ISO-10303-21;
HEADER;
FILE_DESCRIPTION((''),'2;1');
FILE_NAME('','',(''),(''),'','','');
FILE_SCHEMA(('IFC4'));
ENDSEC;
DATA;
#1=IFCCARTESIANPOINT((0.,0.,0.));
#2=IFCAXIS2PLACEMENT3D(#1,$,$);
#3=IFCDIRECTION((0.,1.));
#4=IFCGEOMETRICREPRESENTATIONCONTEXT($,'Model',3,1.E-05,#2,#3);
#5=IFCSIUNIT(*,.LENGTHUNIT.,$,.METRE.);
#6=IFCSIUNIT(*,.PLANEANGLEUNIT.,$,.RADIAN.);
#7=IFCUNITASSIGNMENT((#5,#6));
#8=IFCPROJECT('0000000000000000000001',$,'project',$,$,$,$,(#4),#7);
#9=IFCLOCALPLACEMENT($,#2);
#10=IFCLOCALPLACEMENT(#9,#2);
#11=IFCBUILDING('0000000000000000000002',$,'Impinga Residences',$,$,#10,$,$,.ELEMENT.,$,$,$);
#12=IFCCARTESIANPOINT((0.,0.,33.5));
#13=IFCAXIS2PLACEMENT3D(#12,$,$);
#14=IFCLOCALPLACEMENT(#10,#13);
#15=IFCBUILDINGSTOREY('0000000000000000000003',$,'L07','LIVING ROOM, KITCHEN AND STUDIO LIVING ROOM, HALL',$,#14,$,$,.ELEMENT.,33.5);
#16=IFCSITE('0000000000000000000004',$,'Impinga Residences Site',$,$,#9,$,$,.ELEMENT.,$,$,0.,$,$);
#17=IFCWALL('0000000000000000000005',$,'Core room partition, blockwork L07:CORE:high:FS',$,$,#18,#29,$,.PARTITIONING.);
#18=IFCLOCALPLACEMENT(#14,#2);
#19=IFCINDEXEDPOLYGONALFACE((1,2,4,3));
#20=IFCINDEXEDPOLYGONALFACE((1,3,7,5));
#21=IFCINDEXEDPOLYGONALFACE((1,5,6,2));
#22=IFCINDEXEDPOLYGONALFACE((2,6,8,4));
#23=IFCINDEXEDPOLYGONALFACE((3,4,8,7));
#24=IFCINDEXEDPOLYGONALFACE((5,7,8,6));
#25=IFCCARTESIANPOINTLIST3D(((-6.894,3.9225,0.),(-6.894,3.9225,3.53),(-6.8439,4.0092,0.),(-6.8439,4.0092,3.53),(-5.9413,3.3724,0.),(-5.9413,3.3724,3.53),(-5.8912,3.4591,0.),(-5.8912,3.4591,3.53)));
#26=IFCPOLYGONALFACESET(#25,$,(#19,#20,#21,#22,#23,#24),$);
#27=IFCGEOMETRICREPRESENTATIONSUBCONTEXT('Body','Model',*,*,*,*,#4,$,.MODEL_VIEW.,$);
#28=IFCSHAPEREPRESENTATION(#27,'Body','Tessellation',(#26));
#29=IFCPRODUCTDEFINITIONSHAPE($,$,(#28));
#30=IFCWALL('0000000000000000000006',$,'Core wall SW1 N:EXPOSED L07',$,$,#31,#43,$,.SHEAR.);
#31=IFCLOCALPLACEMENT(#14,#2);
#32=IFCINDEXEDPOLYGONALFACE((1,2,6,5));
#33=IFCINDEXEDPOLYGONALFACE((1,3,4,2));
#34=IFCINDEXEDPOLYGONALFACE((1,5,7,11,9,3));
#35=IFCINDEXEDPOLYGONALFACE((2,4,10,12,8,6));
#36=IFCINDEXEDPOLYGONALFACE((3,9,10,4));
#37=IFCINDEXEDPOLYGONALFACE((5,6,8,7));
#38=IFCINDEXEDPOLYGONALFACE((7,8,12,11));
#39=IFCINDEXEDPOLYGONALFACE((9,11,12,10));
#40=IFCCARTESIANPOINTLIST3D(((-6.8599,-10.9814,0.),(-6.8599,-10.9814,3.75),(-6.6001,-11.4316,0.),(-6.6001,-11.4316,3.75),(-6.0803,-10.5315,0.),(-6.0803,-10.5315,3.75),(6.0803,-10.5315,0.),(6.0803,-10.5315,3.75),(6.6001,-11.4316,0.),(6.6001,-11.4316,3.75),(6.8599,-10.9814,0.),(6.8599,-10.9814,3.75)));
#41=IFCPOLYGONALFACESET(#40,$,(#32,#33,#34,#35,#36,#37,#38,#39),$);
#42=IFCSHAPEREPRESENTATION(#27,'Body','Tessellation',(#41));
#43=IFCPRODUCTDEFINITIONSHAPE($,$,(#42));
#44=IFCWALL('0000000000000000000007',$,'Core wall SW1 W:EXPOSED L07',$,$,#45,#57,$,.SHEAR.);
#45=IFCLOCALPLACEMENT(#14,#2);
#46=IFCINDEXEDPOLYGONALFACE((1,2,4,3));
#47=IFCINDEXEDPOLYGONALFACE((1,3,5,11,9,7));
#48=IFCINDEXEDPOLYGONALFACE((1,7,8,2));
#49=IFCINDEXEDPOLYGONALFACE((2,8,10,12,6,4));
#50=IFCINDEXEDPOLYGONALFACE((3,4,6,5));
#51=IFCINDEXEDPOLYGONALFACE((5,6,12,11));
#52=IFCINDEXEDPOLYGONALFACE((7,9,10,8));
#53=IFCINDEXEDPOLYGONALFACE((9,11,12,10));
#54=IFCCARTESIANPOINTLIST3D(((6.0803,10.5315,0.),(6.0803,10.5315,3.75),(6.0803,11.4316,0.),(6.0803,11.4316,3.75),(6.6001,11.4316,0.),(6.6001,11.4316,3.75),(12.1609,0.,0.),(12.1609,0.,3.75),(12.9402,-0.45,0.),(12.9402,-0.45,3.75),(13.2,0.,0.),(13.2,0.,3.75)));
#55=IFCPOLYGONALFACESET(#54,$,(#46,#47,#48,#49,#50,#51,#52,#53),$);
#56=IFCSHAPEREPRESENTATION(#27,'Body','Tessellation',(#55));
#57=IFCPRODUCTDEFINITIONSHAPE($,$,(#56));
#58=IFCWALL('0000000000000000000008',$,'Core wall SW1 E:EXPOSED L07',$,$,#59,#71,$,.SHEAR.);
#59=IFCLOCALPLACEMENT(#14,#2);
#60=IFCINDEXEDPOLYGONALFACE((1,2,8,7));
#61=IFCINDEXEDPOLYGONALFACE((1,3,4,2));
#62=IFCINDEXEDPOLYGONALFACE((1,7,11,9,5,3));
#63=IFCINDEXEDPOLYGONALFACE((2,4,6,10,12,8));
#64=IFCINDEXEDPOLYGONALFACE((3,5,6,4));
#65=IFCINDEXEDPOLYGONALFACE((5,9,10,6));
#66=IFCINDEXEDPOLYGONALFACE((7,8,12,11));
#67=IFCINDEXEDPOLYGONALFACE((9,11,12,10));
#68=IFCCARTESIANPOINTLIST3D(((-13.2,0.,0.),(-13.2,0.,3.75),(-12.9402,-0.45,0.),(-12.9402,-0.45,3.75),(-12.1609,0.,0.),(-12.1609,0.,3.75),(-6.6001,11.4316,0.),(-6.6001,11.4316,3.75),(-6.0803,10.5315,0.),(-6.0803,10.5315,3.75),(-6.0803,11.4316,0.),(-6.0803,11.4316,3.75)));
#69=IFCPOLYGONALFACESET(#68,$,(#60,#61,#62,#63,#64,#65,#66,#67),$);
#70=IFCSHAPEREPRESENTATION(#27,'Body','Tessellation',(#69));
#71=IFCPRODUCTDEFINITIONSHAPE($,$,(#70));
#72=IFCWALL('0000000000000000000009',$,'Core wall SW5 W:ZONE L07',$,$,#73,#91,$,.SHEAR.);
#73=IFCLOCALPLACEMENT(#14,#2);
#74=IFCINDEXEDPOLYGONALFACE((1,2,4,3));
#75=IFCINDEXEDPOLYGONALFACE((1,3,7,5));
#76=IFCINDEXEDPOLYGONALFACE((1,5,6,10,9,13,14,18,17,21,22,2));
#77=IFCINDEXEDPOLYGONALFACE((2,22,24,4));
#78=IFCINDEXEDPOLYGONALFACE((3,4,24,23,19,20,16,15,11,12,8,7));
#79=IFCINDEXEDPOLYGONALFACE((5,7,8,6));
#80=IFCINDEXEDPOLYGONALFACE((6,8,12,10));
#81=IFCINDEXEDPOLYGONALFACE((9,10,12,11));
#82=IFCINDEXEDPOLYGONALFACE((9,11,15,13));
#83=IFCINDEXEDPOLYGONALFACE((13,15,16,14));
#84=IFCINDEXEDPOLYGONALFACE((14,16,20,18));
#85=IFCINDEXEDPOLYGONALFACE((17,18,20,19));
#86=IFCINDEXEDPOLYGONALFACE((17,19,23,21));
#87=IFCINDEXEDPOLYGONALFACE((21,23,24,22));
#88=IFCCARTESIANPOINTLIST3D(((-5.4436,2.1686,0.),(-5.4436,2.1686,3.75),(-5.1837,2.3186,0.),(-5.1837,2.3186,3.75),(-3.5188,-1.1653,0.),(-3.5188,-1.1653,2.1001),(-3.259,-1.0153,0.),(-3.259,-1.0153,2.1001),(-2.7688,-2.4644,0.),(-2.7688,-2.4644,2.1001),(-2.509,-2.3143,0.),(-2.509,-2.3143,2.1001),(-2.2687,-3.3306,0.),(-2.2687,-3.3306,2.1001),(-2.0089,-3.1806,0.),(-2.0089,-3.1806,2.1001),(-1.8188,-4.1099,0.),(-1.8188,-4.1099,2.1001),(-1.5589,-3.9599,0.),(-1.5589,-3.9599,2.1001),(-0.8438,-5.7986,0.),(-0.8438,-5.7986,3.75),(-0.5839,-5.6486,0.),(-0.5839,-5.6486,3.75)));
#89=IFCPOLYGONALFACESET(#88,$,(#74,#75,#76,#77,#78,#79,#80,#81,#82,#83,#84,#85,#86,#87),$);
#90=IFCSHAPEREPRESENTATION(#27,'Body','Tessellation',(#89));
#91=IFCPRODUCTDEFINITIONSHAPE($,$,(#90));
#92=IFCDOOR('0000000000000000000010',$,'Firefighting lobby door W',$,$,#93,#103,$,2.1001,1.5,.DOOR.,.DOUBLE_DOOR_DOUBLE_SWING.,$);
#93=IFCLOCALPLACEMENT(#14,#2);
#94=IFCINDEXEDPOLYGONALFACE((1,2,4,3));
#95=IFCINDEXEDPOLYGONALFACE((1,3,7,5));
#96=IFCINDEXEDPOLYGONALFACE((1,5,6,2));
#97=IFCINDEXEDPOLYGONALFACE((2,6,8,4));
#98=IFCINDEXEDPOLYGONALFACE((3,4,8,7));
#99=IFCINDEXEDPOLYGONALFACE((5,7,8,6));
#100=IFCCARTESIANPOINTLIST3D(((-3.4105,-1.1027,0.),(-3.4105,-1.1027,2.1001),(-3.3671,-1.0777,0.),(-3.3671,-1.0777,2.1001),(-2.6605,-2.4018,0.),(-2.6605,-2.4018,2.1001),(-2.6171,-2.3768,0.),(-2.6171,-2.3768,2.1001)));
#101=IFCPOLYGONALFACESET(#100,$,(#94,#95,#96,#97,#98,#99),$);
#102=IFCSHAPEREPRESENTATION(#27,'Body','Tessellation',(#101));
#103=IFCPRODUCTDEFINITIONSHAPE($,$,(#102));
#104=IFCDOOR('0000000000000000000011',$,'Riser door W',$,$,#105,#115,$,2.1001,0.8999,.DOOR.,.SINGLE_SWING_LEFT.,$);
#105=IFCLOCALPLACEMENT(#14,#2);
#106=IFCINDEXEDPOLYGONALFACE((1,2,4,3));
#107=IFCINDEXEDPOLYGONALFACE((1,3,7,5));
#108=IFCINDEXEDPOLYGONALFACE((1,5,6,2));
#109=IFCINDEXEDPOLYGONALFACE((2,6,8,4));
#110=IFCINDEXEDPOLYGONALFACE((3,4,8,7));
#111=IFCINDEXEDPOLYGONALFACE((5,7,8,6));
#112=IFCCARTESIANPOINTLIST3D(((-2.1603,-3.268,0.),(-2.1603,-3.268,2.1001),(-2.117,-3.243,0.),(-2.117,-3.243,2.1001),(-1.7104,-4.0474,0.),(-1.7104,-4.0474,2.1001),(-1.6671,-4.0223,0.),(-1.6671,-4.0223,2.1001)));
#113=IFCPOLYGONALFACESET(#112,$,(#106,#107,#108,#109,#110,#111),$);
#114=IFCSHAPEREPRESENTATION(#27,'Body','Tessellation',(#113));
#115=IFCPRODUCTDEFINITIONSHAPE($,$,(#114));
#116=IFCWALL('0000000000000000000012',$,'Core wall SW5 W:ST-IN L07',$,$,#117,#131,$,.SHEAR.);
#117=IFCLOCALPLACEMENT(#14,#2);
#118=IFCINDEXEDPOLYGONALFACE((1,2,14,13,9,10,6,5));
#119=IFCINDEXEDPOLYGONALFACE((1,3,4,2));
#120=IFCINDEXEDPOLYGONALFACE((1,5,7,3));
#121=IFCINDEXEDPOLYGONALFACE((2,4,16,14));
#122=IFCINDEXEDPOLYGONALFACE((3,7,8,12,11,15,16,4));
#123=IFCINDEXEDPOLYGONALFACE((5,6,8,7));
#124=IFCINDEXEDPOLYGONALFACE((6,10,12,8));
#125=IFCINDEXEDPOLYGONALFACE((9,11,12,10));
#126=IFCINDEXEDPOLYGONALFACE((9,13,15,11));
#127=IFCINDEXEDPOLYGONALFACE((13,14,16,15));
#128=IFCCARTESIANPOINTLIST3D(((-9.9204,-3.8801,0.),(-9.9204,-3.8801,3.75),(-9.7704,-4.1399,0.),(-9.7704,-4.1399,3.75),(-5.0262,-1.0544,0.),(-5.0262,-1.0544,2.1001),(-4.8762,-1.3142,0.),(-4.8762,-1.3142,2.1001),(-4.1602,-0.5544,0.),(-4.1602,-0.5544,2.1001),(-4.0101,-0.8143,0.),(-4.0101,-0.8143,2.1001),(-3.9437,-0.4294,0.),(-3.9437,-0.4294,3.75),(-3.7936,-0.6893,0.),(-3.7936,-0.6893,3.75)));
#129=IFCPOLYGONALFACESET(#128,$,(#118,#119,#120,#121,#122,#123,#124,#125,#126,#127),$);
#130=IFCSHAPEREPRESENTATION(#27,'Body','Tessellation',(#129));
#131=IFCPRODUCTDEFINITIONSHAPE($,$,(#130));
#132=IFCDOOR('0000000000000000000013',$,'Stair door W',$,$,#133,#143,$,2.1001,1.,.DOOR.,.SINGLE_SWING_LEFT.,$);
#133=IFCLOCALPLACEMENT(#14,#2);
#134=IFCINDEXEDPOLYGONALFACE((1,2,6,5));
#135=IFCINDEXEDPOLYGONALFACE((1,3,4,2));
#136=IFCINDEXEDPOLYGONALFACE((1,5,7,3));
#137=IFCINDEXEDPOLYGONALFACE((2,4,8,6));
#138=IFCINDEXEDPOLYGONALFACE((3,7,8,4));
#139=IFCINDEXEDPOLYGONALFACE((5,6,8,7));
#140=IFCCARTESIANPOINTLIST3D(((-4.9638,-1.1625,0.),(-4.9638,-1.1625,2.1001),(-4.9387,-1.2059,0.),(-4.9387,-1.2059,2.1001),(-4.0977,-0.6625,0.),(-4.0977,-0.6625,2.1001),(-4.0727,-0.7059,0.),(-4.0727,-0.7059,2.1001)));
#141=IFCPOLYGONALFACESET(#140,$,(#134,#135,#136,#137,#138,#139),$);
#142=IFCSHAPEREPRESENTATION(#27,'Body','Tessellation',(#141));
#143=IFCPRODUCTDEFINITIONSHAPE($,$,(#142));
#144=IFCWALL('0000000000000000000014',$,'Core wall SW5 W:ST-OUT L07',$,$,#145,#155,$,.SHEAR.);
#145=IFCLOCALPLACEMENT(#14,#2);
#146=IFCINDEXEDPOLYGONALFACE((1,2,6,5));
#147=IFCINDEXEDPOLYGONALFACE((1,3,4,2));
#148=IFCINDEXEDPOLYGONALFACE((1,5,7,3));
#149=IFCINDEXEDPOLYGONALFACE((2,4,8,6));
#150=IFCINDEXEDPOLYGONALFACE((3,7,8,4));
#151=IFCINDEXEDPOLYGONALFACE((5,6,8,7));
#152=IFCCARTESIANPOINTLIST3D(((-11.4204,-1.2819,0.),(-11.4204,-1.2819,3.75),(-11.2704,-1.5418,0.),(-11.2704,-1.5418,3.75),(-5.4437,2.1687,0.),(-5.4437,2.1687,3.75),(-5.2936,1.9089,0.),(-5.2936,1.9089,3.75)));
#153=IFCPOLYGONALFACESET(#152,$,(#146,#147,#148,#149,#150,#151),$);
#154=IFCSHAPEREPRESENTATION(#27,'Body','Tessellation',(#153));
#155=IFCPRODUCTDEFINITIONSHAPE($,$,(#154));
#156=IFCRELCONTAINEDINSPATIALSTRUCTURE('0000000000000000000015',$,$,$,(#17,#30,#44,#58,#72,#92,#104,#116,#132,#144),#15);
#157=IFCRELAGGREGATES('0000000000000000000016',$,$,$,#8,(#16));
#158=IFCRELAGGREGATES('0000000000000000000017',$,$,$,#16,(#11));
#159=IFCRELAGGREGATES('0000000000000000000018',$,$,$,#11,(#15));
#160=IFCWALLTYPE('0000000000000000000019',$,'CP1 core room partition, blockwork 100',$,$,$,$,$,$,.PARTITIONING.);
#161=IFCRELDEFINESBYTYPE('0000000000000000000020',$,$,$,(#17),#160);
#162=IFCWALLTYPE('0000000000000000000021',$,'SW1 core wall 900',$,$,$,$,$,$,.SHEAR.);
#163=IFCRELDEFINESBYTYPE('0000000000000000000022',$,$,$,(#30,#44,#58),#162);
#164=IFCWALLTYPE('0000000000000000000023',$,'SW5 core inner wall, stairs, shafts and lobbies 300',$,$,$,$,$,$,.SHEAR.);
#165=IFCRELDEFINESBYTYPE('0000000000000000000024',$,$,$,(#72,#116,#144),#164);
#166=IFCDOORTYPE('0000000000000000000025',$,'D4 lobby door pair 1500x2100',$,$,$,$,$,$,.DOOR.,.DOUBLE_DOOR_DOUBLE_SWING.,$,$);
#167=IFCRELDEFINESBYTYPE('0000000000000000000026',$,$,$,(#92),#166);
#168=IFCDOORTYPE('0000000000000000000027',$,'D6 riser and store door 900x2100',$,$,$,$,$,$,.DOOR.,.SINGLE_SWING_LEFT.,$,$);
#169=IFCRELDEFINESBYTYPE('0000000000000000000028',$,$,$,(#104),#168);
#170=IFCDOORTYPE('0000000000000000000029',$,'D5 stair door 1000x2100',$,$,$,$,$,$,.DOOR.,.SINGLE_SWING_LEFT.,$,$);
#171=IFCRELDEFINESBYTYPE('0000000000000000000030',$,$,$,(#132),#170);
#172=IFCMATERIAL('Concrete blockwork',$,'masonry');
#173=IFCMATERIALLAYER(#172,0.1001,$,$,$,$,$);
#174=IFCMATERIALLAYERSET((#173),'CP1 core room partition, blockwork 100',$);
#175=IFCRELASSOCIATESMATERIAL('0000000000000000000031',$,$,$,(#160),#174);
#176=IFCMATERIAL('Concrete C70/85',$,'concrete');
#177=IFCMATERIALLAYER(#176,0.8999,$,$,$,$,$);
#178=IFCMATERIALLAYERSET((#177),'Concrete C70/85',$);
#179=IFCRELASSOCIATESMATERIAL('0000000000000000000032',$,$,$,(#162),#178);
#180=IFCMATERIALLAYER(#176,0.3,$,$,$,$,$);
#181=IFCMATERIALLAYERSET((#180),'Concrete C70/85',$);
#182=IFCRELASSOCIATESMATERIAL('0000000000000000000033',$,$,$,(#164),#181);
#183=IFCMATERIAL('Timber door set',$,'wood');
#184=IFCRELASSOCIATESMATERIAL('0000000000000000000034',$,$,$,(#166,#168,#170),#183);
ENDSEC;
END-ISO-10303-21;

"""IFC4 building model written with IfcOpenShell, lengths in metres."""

from ifc_helpers import new_model, si_unit, direction, frame, frame_2d, origin, place, context, subcontext, project, spatial, polyline, rectangle, outline, extrude, material, layer, layer_set, type_object, element, fill, save


model = new_model("IFC4")

# Units and contexts
model_context = context("Model", 3, precision=1e-05, world=origin(), true_north=direction((0.0, 1.0)))
body_context = subcontext(model_context, "Body", "Model", "MODEL_VIEW")
ifc_project = project(units=[si_unit("LENGTHUNIT", "METRE"), si_unit("PLANEANGLEUNIT", "RADIAN")], contexts=[model_context])

# Site, building, storey
site_placement = place(None, origin())
site = spatial("IfcSite", under=ifc_project, at=site_placement, Name="Impinga Residences Site", CompositionType="ELEMENT", RefElevation=0.0)
building_placement = place(site_placement, origin())
building = spatial("IfcBuilding", under=site, at=building_placement, Name="Impinga Residences", CompositionType="ELEMENT")
storey_placement = place(building_placement, frame((0.0, 0.0, 33.5)))
storey = spatial("IfcBuildingStorey", under=building, at=storey_placement, Name="L07", Description="LIVING ROOM, KITCHEN AND STUDIO LIVING ROOM, HALL", CompositionType="ELEMENT", Elevation=33.5)

# Walls
ifc_material_1 = material(Name="Concrete blockwork", Category="masonry")
ifc_layer_1 = layer(ifc_material_1, 0.1001)
ifc_layer_set_1 = layer_set([ifc_layer_1], Name="CP1 core room partition, blockwork 100")
wall_type_1 = type_object("IfcWallType", Name="CP1 core room partition, blockwork 100", PredefinedType="PARTITIONING", material=ifc_layer_set_1)
wall_1_placement = place(storey_placement, frame((-5.9163, 3.4158, 0.0), z_axis=(0.0, 0.0, 1.0), x_axis=(-0.866008, 0.50003, 0.0)))
element("IfcWall", 1, at=wall_1_placement, inside=storey, type_object=wall_type_1, Name="Core room partition, blockwork L07:CORE:high:FS", PredefinedType="PARTITIONING", context=body_context, shape_type="SweptSolid", body=[
    extrude(rectangle(XDim=1.1001, YDim=0.1001, at=frame_2d((0.55, 0.0))), origin(), (0.0, 0.0, 1.0), 3.53),
])
ifc_material_2 = material(Name="Concrete C70/85", Category="concrete")
ifc_layer_2 = layer(ifc_material_2, 0.8999)
ifc_layer_set_2 = layer_set([ifc_layer_2], Name="Concrete C70/85")
wall_type_2 = type_object("IfcWallType", Name="SW1 core wall 900", PredefinedType="SHEAR", material=ifc_layer_set_2)
wall_2_placement = place(storey_placement, origin())
element("IfcWall", 2, at=wall_2_placement, inside=storey, type_object=wall_type_2, Name="Core wall SW1 N:EXPOSED L07", PredefinedType="SHEAR", context=body_context, shape_type="SweptSolid", body=[
    extrude(outline(polyline([(-6.6001, -11.4316), (6.6001, -11.4316), (6.8599, -10.9814), (6.0803, -10.5315), (-6.0803, -10.5315), (-6.8599, -10.9814), (-6.6001, -11.4316)])), origin(), (0.0, 0.0, 1.0), 3.75),
])
wall_3_placement = place(storey_placement, origin())
element("IfcWall", 3, at=wall_3_placement, inside=storey, type_object=wall_type_2, Name="Core wall SW1 W:EXPOSED L07", PredefinedType="SHEAR", context=body_context, shape_type="SweptSolid", body=[
    extrude(outline(polyline([(13.2, 0.0), (6.6001, 11.4316), (6.0803, 11.4316), (6.0803, 10.5315), (12.1609, 0.0), (12.9402, -0.45), (13.2, 0.0)])), origin(), (0.0, 0.0, 1.0), 3.75),
])
wall_4_placement = place(storey_placement, origin())
element("IfcWall", 4, at=wall_4_placement, inside=storey, type_object=wall_type_2, Name="Core wall SW1 E:EXPOSED L07", PredefinedType="SHEAR", context=body_context, shape_type="SweptSolid", body=[
    extrude(outline(polyline([(-6.6001, 11.4316), (-13.2, 0.0), (-12.9402, -0.45), (-12.1609, 0.0), (-6.0803, 10.5315), (-6.0803, 11.4316), (-6.6001, 11.4316)])), origin(), (0.0, 0.0, 1.0), 3.75),
])

# Wall, openings, doors
ifc_layer_3 = layer(ifc_material_2, 0.3)
ifc_layer_set_3 = layer_set([ifc_layer_3], Name="Concrete C70/85")
wall_type_3 = type_object("IfcWallType", Name="SW5 core inner wall, stairs, shafts and lobbies 300", PredefinedType="SHEAR", material=ifc_layer_set_3)
wall_5_placement = place(storey_placement, frame((-0.7139, -5.7236, 0.0), z_axis=(0.0, 0.0, 1.0), x_axis=(-0.499995, 0.866028, 0.0)))
wall_5 = element("IfcWall", 5, at=wall_5_placement, inside=storey, type_object=wall_type_3, Name="Core wall SW5 W:ZONE L07", PredefinedType="SHEAR", context=body_context, shape_type="SweptSolid", body=[
    extrude(rectangle(XDim=9.1997, YDim=0.3, at=frame_2d((4.5999, 0.0))), origin(), (0.0, 0.0, 1.0), 3.75),
])
opening_1_placement = place(wall_5_placement, frame((3.8501, 0.0, 0.0)))
opening_1 = element("IfcOpeningElement", 6, at=opening_1_placement, cuts=wall_5, PredefinedType="OPENING", context=body_context, shape_type="SweptSolid", body=[
    extrude(rectangle(XDim=1.5, YDim=2.1001, at=frame_2d((0.75, 1.05))), frame((0.0, 0.1599, 0.0), z_axis=(0.0, -1.0, 0.0), x_axis=(1.0, 0.0, 0.0)), (0.0, 0.0, 1.0), 0.3201),
])
opening_2_placement = place(wall_5_placement, frame((1.95, 0.0, 0.0)))
opening_2 = element("IfcOpeningElement", 7, at=opening_2_placement, cuts=wall_5, PredefinedType="OPENING", context=body_context, shape_type="SweptSolid", body=[
    extrude(rectangle(XDim=0.8999, YDim=2.1001, at=frame_2d((0.45, 1.05))), frame((0.0, 0.1599, 0.0), z_axis=(0.0, -1.0, 0.0), x_axis=(1.0, 0.0, 0.0)), (0.0, 0.0, 1.0), 0.3201),
])
ifc_material_3 = material(Name="Timber door set", Category="wood")
door_type_1 = type_object("IfcDoorType", Name="D4 lobby door pair 1500x2100", OperationType="DOUBLE_DOOR_DOUBLE_SWING", PredefinedType="DOOR", material=ifc_material_3)
door_1_placement = place(opening_1_placement, origin())
door_1 = element("IfcDoor", 8, at=door_1_placement, inside=storey, type_object=door_type_1, Name="Firefighting lobby door W", OperationType="DOUBLE_DOOR_DOUBLE_SWING", OverallHeight=2.1001, OverallWidth=1.5, PredefinedType="DOOR", context=body_context, shape_type="SweptSolid", body=[
    extrude(rectangle(XDim=1.5, YDim=2.1001, at=frame_2d((0.75, 1.05))), frame((0.0, 0.0249, 0.0), z_axis=(0.0, -1.0, 0.0), x_axis=(1.0, 0.0, 0.0)), (0.0, 0.0, 1.0), 0.05),
])
fill(opening_1, door_1)
door_type_2 = type_object("IfcDoorType", Name="D6 riser and store door 900x2100", OperationType="SINGLE_SWING_LEFT", PredefinedType="DOOR", material=ifc_material_3)
door_2_placement = place(opening_2_placement, origin())
door_2 = element("IfcDoor", 9, at=door_2_placement, inside=storey, type_object=door_type_2, Name="Riser door W", OperationType="SINGLE_SWING_LEFT", OverallHeight=2.1001, OverallWidth=0.8999, PredefinedType="DOOR", context=body_context, shape_type="SweptSolid", body=[
    extrude(rectangle(XDim=0.8999, YDim=2.1001, at=frame_2d((0.45, 1.05))), frame((0.0, 0.0249, 0.0), z_axis=(0.0, -1.0, 0.0), x_axis=(1.0, 0.0, 0.0)), (0.0, 0.0, 1.0), 0.05),
])
fill(opening_2, door_2)

# Wall, opening, door
wall_6_placement = place(storey_placement, frame((-3.8687, -0.5593, 0.0), z_axis=(0.0, 0.0, 1.0), x_axis=(-0.866027, -0.499997, 0.0)))
wall_6 = element("IfcWall", 10, at=wall_6_placement, inside=storey, type_object=wall_type_3, Name="Core wall SW5 W:ST-IN L07", PredefinedType="SHEAR", context=body_context, shape_type="SweptSolid", body=[
    extrude(rectangle(XDim=6.9014, YDim=0.3, at=frame_2d((3.4507, 0.0))), origin(), (0.0, 0.0, 1.0), 3.75),
])
opening_3_placement = place(wall_6_placement, frame((0.25, 0.0, 0.0)))
opening_3 = element("IfcOpeningElement", 11, at=opening_3_placement, cuts=wall_6, PredefinedType="OPENING", context=body_context, shape_type="SweptSolid", body=[
    extrude(rectangle(XDim=1.0, YDim=2.1001, at=frame_2d((0.5, 1.05))), frame((0.0, 0.1599, 0.0), z_axis=(0.0, -1.0, 0.0), x_axis=(1.0, 0.0, 0.0)), (0.0, 0.0, 1.0), 0.3201),
])
door_type_3 = type_object("IfcDoorType", Name="D5 stair door 1000x2100", OperationType="SINGLE_SWING_LEFT", PredefinedType="DOOR", material=ifc_material_3)
door_3_placement = place(opening_3_placement, origin())
door_3 = element("IfcDoor", 12, at=door_3_placement, inside=storey, type_object=door_type_3, Name="Stair door W", OperationType="SINGLE_SWING_LEFT", OverallHeight=2.1001, OverallWidth=1.0, PredefinedType="DOOR", context=body_context, shape_type="SweptSolid", body=[
    extrude(rectangle(XDim=1.0, YDim=2.1001, at=frame_2d((0.5, 1.05))), frame((0.0, 0.0249, 0.0), z_axis=(0.0, -1.0, 0.0), x_axis=(1.0, 0.0, 0.0)), (0.0, 0.0, 1.0), 0.05),
])
fill(opening_3, door_3)

# Wall
wall_7_placement = place(storey_placement, frame((-5.3687, 2.0388, 0.0), z_axis=(0.0, 0.0, 1.0), x_axis=(-0.866027, -0.499997, 0.0)))
element("IfcWall", 13, at=wall_7_placement, inside=storey, type_object=wall_type_3, Name="Core wall SW5 W:ST-OUT L07", PredefinedType="SHEAR", context=body_context, shape_type="SweptSolid", body=[
    extrude(rectangle(XDim=6.9014, YDim=0.3, at=frame_2d((3.4507, 0.0))), origin(), (0.0, 0.0, 1.0), 3.75),
])

save(model, "model.ifc")
